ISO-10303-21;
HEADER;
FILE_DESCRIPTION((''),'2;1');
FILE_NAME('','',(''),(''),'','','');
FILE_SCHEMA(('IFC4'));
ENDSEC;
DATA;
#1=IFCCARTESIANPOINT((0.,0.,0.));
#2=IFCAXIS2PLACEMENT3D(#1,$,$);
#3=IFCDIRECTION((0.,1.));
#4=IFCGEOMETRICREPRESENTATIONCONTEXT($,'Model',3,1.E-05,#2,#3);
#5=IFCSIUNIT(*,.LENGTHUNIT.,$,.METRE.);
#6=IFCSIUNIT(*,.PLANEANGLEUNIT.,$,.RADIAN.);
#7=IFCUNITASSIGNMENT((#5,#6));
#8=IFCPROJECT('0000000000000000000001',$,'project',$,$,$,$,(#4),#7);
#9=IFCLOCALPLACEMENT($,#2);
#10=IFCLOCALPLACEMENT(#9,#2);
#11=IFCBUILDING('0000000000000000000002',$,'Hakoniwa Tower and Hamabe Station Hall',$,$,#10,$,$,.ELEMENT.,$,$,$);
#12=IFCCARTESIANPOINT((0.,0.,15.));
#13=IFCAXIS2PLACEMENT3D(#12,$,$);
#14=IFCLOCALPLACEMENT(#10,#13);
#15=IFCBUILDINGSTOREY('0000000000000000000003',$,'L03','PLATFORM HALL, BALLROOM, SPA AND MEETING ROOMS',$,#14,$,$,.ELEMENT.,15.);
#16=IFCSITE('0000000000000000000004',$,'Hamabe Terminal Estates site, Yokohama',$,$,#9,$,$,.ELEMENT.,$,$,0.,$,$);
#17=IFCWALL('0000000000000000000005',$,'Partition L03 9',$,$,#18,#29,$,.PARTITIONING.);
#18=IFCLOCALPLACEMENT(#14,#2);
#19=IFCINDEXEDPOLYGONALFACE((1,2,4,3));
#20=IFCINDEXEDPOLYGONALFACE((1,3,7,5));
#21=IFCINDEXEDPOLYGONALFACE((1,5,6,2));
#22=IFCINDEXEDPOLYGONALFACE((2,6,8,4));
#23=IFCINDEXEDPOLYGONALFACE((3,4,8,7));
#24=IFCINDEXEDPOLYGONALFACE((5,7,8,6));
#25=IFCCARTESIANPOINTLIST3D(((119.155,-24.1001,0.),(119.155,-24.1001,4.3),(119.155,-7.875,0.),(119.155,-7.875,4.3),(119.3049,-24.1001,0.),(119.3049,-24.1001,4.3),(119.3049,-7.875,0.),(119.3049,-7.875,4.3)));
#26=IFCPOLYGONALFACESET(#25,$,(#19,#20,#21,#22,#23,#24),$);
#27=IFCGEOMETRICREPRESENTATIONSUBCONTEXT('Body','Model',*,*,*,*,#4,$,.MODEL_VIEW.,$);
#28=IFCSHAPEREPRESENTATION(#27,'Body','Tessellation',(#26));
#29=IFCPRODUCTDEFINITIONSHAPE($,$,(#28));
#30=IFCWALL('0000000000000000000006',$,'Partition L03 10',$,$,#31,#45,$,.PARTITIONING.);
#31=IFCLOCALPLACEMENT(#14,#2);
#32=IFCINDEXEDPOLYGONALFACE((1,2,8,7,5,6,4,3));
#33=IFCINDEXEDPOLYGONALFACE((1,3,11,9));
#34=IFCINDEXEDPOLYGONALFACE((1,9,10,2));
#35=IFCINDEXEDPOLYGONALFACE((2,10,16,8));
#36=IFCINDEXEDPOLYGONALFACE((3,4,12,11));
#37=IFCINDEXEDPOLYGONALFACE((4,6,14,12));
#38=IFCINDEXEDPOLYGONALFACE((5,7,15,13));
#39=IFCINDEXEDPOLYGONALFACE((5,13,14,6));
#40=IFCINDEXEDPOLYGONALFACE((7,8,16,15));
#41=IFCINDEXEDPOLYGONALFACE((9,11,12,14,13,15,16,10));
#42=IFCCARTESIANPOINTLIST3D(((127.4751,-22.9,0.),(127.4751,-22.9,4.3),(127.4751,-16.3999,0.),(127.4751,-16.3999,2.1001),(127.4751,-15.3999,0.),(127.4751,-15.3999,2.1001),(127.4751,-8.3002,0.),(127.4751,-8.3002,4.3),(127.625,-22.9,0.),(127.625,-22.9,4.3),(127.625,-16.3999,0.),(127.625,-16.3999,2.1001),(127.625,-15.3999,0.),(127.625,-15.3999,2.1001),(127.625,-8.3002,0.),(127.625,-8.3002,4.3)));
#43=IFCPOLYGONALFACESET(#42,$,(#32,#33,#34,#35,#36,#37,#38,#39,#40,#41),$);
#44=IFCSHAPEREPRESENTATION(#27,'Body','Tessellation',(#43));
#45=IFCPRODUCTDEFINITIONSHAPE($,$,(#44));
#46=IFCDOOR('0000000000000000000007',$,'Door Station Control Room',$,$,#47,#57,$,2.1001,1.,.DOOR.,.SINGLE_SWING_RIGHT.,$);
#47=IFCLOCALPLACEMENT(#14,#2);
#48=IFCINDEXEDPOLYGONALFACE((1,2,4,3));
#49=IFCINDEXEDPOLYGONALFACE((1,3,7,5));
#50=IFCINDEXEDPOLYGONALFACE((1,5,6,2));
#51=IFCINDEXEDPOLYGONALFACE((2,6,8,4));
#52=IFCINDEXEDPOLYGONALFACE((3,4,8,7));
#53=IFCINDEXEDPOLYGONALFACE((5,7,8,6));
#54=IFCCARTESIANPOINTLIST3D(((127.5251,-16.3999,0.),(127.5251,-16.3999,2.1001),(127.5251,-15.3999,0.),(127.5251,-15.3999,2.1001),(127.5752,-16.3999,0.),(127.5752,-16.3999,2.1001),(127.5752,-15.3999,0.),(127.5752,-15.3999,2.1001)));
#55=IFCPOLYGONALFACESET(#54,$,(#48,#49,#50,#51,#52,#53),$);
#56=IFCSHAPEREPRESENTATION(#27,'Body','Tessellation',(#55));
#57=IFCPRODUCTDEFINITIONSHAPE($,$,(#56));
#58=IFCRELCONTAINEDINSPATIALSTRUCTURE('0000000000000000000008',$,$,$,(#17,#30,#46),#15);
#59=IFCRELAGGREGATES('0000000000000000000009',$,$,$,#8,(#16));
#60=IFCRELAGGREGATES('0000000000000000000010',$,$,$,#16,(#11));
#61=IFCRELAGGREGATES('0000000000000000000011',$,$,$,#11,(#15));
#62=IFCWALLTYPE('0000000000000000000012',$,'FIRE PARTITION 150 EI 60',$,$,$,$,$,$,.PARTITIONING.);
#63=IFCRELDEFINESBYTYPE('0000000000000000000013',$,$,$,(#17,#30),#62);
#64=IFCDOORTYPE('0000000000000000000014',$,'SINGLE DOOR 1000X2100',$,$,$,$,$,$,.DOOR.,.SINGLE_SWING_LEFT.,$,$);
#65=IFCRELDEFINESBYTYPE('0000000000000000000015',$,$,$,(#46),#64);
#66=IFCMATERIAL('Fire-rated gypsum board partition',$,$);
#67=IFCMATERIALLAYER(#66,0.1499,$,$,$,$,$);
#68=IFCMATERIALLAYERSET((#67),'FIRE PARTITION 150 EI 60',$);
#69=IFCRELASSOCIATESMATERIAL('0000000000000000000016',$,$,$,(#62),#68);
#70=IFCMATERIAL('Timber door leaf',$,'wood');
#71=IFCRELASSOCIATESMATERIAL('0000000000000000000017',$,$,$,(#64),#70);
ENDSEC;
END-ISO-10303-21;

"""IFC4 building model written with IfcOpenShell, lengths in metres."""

from ifc_helpers import new_model, si_unit, direction, frame, frame_2d, origin, place, context, subcontext, project, spatial, rectangle, extrude, material, layer, layer_set, type_object, element, fill, save


model = new_model("IFC4")

# Units and contexts
model_context = context("Model", 3, precision=1e-05, world=origin(), true_north=direction((0.0, 1.0)))
body_context = subcontext(model_context, "Body", "Model", "MODEL_VIEW")
ifc_project = project(units=[si_unit("LENGTHUNIT", "METRE"), si_unit("PLANEANGLEUNIT", "RADIAN")], contexts=[model_context])

# Site, building, storey
site_placement = place(None, origin())
site = spatial("IfcSite", under=ifc_project, at=site_placement, Name="Hamabe Terminal Estates site, Yokohama", CompositionType="ELEMENT", RefElevation=0.0)
building_placement = place(site_placement, origin())
building = spatial("IfcBuilding", under=site, at=building_placement, Name="Hakoniwa Tower and Hamabe Station Hall", CompositionType="ELEMENT")
storey_placement = place(building_placement, frame((0.0, 0.0, 15.0)))
storey = spatial("IfcBuildingStorey", under=building, at=storey_placement, Name="L03", Description="PLATFORM HALL, BALLROOM, SPA AND MEETING ROOMS", CompositionType="ELEMENT", Elevation=15.0)

# Shared definitions
ifc_material_1 = material(Name="Fire-rated gypsum board partition")
ifc_layer_1 = layer(ifc_material_1, 0.1499)
ifc_layer_set_1 = layer_set([ifc_layer_1], Name="FIRE PARTITION 150 EI 60")
wall_type = type_object("IfcWallType", Name="FIRE PARTITION 150 EI 60", PredefinedType="PARTITIONING", material=ifc_layer_set_1)
ifc_material_2 = material(Name="Timber door leaf", Category="wood")
door_type = type_object("IfcDoorType", Name="SINGLE DOOR 1000X2100", OperationType="SINGLE_SWING_LEFT", PredefinedType="DOOR", material=ifc_material_2)

# Wall
wall_1_placement = place(storey_placement, frame((119.23, -24.1001, 0.0), z_axis=(0.0, 0.0, 1.0), x_axis=(0.0, 1.0, 0.0)))
element("IfcWall", 1, at=wall_1_placement, inside=storey, type_object=wall_type, Name="Partition L03 9", PredefinedType="PARTITIONING", context=body_context, shape_type="SweptSolid", body=[
    extrude(rectangle(XDim=16.2251, YDim=0.1499, at=frame_2d((8.1125, 0.0))), origin(), (0.0, 0.0, 1.0), 4.3),
])

# Wall, opening, door
wall_2_placement = place(storey_placement, frame((127.55, -22.8999, 0.0), z_axis=(0.0, 0.0, 1.0), x_axis=(0.0, 1.0, 0.0)))
wall_2 = element("IfcWall", 2, at=wall_2_placement, inside=storey, type_object=wall_type, Name="Partition L03 10", PredefinedType="PARTITIONING", context=body_context, shape_type="SweptSolid", body=[
    extrude(rectangle(XDim=14.5999, YDim=0.1499, at=frame_2d((7.2998, 0.0))), origin(), (0.0, 0.0, 1.0), 4.3),
])
opening_1_placement = place(wall_2_placement, frame((6.5, 0.0, 0.0)))
opening_1 = element("IfcOpeningElement", 3, at=opening_1_placement, cuts=wall_2, PredefinedType="OPENING", context=body_context, shape_type="SweptSolid", body=[
    extrude(rectangle(XDim=1.0, YDim=2.1001, at=frame_2d((0.5, 1.05))), frame((0.0, 0.085, 0.0), z_axis=(0.0, -1.0, 0.0), x_axis=(1.0, 0.0, 0.0)), (0.0, 0.0, 1.0), 0.1699),
])
door_1_placement = place(opening_1_placement, origin())
door_1 = element("IfcDoor", 4, at=door_1_placement, inside=storey, type_object=door_type, Name="Door Station Control Room", OperationType="SINGLE_SWING_RIGHT", OverallHeight=2.1001, OverallWidth=1.0, PredefinedType="DOOR", context=body_context, shape_type="SweptSolid", body=[
    extrude(rectangle(XDim=1.0, YDim=2.1001, at=frame_2d((0.5, 1.05))), frame((0.0, 0.0249, 0.0), z_axis=(0.0, -1.0, 0.0), x_axis=(1.0, 0.0, 0.0)), (0.0, 0.0, 1.0), 0.05),
])
fill(opening_1, door_1)

save(model, "model.ifc")
